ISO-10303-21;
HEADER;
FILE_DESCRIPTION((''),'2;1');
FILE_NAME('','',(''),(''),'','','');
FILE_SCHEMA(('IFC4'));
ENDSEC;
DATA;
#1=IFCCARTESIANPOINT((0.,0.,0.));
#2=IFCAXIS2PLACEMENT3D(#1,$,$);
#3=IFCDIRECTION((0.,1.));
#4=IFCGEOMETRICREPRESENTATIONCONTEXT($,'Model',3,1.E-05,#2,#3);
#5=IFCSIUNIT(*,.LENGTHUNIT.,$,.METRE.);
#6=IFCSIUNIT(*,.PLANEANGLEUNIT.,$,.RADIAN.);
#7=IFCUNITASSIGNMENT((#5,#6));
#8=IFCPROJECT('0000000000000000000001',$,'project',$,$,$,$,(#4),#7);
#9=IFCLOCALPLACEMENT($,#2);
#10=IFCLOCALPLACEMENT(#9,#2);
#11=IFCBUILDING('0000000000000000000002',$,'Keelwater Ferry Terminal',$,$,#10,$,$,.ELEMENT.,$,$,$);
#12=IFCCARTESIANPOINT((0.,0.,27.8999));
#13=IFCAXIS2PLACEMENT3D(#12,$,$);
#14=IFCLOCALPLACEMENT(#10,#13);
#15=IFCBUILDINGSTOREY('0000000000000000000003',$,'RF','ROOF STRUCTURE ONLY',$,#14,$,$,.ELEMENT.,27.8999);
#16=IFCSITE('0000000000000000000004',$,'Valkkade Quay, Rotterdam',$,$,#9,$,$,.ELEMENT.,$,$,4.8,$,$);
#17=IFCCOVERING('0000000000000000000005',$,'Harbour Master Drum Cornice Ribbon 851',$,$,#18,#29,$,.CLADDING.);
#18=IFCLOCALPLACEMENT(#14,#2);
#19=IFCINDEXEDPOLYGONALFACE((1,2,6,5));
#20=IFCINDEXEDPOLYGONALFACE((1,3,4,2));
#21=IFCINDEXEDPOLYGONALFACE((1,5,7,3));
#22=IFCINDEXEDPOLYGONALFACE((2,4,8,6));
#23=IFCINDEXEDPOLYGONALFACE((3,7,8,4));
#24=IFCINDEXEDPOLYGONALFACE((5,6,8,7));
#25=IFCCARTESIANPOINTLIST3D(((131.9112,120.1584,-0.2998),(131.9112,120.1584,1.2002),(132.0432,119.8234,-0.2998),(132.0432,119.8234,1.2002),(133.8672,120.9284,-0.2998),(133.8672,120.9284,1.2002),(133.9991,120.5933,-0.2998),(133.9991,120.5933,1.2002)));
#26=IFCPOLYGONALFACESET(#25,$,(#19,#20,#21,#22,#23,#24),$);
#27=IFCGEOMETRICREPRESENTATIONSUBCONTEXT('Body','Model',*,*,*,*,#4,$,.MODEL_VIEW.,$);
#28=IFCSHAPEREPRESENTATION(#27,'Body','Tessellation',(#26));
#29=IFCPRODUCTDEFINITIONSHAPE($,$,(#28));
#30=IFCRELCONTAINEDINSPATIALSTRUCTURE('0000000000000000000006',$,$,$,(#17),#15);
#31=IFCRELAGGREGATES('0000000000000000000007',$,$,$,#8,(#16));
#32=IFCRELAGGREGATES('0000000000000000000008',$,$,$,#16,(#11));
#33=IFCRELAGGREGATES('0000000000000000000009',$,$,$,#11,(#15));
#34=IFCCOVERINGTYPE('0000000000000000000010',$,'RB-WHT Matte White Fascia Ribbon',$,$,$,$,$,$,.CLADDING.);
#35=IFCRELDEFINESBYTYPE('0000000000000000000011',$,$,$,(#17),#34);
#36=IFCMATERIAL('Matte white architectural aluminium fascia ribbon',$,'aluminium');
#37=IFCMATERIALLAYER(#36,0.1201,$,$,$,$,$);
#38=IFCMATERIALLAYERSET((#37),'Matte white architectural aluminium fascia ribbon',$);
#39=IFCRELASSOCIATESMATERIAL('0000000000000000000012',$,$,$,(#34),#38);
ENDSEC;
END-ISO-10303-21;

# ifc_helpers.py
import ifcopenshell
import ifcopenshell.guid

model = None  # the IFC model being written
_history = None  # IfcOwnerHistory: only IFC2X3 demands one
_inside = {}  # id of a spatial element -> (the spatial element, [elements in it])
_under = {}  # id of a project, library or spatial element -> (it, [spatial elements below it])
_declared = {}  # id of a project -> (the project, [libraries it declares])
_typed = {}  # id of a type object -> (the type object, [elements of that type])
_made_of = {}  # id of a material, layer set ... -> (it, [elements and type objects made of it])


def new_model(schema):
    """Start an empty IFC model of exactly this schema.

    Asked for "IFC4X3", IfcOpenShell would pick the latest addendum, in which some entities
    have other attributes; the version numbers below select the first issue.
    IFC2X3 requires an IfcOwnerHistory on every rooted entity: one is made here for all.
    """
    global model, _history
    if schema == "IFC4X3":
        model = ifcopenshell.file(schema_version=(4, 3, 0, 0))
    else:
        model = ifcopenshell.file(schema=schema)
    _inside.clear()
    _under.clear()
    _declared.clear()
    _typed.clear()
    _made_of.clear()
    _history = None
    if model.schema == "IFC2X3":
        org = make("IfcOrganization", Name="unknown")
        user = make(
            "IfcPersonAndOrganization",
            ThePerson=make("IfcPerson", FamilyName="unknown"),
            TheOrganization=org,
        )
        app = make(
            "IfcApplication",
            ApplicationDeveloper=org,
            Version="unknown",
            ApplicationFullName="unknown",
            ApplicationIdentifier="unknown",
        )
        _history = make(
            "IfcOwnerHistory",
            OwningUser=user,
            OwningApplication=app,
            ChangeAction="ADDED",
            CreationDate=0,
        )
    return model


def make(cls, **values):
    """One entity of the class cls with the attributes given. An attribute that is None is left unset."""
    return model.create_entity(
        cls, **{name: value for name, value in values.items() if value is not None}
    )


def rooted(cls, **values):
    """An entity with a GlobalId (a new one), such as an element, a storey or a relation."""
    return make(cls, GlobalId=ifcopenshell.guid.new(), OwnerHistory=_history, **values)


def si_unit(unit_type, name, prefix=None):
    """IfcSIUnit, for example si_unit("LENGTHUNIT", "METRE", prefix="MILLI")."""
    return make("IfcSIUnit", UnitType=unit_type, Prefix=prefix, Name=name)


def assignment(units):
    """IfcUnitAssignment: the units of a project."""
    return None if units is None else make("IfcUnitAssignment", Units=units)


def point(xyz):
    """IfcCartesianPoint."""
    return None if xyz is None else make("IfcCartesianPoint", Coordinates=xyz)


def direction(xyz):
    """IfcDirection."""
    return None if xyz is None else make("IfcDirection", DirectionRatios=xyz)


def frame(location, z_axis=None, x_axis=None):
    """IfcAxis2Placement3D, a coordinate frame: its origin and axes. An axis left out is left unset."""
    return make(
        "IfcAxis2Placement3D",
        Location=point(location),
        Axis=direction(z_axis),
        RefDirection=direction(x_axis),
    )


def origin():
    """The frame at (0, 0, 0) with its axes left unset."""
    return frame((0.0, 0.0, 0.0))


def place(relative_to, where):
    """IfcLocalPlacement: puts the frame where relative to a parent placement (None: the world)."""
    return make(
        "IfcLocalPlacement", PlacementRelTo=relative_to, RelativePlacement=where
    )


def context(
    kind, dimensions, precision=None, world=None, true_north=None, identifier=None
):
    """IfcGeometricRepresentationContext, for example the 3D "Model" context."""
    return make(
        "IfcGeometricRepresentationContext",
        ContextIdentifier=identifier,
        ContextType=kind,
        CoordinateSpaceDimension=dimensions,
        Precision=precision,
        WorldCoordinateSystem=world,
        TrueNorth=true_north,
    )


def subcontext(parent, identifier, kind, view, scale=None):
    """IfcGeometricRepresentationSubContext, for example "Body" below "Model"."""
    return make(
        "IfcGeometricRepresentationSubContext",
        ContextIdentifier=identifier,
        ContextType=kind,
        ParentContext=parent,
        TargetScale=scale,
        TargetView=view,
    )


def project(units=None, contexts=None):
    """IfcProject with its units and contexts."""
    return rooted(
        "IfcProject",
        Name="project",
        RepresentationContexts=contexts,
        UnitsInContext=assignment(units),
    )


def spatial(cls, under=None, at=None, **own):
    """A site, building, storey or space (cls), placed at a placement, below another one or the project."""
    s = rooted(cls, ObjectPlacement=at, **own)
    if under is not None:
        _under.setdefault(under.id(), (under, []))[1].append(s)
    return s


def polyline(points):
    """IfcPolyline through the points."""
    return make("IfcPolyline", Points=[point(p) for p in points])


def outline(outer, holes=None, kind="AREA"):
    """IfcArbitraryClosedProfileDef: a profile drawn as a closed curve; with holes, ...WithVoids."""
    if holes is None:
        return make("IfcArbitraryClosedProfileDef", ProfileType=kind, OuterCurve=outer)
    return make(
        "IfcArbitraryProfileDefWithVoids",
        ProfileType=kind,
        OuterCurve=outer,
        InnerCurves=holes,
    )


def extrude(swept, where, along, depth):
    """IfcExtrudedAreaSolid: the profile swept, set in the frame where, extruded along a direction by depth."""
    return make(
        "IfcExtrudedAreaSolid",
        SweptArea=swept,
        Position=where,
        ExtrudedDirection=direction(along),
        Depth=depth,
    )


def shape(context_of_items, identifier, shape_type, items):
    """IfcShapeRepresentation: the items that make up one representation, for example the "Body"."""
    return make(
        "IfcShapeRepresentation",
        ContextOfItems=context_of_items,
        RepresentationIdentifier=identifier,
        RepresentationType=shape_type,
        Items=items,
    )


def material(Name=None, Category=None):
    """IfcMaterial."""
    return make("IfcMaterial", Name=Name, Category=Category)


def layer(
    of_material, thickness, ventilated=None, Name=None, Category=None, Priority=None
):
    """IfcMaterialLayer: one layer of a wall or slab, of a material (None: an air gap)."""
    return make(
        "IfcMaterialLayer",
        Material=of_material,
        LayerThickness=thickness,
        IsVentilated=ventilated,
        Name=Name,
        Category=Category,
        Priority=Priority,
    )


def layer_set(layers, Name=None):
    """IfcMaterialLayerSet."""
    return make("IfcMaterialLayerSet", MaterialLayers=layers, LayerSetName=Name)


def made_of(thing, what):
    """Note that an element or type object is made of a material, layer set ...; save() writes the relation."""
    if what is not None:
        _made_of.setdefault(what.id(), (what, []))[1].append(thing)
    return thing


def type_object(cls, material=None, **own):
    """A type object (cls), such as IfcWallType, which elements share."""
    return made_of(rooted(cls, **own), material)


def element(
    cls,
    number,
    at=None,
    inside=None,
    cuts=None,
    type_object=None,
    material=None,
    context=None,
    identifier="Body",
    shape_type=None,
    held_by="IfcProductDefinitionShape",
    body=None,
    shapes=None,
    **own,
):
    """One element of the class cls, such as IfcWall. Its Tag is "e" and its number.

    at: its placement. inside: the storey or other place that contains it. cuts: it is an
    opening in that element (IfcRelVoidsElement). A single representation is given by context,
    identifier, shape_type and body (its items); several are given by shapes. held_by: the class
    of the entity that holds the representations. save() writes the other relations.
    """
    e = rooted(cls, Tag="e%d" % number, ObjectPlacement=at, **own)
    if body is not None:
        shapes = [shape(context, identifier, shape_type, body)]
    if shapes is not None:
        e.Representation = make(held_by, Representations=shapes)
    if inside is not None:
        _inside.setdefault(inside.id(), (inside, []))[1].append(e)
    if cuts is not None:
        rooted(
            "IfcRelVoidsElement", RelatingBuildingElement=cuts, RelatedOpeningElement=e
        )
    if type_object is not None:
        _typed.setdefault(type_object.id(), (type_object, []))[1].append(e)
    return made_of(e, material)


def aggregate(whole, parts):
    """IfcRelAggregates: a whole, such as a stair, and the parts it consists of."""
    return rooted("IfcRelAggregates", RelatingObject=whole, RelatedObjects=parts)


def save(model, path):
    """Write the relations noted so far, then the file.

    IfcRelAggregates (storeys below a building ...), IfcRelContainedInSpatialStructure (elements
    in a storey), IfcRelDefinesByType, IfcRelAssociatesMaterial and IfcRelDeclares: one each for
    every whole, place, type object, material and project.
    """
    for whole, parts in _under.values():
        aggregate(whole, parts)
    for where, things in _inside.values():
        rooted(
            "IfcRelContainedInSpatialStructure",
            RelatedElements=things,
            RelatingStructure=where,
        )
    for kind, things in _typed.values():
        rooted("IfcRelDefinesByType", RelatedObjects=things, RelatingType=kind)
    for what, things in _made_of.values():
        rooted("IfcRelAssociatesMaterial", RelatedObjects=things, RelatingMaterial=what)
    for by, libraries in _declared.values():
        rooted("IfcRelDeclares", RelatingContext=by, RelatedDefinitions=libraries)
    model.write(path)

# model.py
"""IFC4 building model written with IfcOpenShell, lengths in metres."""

from ifc_helpers import new_model, si_unit, direction, frame, origin, place, context, subcontext, project, spatial, polyline, outline, extrude, material, layer, layer_set, type_object, element, save


model = new_model("IFC4")

# Units and contexts
model_context = context("Model", 3, precision=1e-05, world=origin(), true_north=direction((0.0, 1.0)))
body_context = subcontext(model_context, "Body", "Model", "MODEL_VIEW")
ifc_project = project(units=[si_unit("LENGTHUNIT", "METRE"), si_unit("PLANEANGLEUNIT", "RADIAN")], contexts=[model_context])

# Site, building, storey
site_placement = place(None, origin())
site = spatial("IfcSite", under=ifc_project, at=site_placement, Name="Valkkade Quay, Rotterdam", CompositionType="ELEMENT", RefElevation=4.8)
building_placement = place(site_placement, origin())
building = spatial("IfcBuilding", under=site, at=building_placement, Name="Keelwater Ferry Terminal", CompositionType="ELEMENT")
storey_placement = place(building_placement, frame((0.0, 0.0, 27.8999)))
storey = spatial("IfcBuildingStorey", under=building, at=storey_placement, Name="RF", Description="ROOF STRUCTURE ONLY", CompositionType="ELEMENT", Elevation=27.8999)

# Covering
ifc_material_1 = material(Name="Matte white architectural aluminium fascia ribbon", Category="aluminium")
ifc_layer_1 = layer(ifc_material_1, 0.1201)
ifc_layer_set_1 = layer_set([ifc_layer_1], Name="Matte white architectural aluminium fascia ribbon")
covering_type = type_object("IfcCoveringType", Name="RB-WHT Matte White Fascia Ribbon", PredefinedType="CLADDING", material=ifc_layer_set_1)
covering_1_placement = place(storey_placement, frame((133.9331, 120.761, -0.2998), z_axis=(0.0, 0.0, 1.0), x_axis=(-0.930497, -0.366299, 0.0)))
element("IfcCovering", 1, at=covering_1_placement, inside=storey, type_object=covering_type, Name="Harbour Master Drum Cornice Ribbon 851", PredefinedType="CLADDING", context=body_context, shape_type="SweptSolid", body=[
    extrude(outline(polyline([(0.0, 0.0), (2.1021, 0.0), (2.1021, 1.5), (0.0, 1.5), (0.0, 0.0)])), frame((0.0, 0.1802, 0.0), z_axis=(0.0, -1.0, 0.0), x_axis=(1.0, 0.0, 0.0)), (0.0, 0.0, 1.0), 0.3601),
])

save(model, "model.ifc")
